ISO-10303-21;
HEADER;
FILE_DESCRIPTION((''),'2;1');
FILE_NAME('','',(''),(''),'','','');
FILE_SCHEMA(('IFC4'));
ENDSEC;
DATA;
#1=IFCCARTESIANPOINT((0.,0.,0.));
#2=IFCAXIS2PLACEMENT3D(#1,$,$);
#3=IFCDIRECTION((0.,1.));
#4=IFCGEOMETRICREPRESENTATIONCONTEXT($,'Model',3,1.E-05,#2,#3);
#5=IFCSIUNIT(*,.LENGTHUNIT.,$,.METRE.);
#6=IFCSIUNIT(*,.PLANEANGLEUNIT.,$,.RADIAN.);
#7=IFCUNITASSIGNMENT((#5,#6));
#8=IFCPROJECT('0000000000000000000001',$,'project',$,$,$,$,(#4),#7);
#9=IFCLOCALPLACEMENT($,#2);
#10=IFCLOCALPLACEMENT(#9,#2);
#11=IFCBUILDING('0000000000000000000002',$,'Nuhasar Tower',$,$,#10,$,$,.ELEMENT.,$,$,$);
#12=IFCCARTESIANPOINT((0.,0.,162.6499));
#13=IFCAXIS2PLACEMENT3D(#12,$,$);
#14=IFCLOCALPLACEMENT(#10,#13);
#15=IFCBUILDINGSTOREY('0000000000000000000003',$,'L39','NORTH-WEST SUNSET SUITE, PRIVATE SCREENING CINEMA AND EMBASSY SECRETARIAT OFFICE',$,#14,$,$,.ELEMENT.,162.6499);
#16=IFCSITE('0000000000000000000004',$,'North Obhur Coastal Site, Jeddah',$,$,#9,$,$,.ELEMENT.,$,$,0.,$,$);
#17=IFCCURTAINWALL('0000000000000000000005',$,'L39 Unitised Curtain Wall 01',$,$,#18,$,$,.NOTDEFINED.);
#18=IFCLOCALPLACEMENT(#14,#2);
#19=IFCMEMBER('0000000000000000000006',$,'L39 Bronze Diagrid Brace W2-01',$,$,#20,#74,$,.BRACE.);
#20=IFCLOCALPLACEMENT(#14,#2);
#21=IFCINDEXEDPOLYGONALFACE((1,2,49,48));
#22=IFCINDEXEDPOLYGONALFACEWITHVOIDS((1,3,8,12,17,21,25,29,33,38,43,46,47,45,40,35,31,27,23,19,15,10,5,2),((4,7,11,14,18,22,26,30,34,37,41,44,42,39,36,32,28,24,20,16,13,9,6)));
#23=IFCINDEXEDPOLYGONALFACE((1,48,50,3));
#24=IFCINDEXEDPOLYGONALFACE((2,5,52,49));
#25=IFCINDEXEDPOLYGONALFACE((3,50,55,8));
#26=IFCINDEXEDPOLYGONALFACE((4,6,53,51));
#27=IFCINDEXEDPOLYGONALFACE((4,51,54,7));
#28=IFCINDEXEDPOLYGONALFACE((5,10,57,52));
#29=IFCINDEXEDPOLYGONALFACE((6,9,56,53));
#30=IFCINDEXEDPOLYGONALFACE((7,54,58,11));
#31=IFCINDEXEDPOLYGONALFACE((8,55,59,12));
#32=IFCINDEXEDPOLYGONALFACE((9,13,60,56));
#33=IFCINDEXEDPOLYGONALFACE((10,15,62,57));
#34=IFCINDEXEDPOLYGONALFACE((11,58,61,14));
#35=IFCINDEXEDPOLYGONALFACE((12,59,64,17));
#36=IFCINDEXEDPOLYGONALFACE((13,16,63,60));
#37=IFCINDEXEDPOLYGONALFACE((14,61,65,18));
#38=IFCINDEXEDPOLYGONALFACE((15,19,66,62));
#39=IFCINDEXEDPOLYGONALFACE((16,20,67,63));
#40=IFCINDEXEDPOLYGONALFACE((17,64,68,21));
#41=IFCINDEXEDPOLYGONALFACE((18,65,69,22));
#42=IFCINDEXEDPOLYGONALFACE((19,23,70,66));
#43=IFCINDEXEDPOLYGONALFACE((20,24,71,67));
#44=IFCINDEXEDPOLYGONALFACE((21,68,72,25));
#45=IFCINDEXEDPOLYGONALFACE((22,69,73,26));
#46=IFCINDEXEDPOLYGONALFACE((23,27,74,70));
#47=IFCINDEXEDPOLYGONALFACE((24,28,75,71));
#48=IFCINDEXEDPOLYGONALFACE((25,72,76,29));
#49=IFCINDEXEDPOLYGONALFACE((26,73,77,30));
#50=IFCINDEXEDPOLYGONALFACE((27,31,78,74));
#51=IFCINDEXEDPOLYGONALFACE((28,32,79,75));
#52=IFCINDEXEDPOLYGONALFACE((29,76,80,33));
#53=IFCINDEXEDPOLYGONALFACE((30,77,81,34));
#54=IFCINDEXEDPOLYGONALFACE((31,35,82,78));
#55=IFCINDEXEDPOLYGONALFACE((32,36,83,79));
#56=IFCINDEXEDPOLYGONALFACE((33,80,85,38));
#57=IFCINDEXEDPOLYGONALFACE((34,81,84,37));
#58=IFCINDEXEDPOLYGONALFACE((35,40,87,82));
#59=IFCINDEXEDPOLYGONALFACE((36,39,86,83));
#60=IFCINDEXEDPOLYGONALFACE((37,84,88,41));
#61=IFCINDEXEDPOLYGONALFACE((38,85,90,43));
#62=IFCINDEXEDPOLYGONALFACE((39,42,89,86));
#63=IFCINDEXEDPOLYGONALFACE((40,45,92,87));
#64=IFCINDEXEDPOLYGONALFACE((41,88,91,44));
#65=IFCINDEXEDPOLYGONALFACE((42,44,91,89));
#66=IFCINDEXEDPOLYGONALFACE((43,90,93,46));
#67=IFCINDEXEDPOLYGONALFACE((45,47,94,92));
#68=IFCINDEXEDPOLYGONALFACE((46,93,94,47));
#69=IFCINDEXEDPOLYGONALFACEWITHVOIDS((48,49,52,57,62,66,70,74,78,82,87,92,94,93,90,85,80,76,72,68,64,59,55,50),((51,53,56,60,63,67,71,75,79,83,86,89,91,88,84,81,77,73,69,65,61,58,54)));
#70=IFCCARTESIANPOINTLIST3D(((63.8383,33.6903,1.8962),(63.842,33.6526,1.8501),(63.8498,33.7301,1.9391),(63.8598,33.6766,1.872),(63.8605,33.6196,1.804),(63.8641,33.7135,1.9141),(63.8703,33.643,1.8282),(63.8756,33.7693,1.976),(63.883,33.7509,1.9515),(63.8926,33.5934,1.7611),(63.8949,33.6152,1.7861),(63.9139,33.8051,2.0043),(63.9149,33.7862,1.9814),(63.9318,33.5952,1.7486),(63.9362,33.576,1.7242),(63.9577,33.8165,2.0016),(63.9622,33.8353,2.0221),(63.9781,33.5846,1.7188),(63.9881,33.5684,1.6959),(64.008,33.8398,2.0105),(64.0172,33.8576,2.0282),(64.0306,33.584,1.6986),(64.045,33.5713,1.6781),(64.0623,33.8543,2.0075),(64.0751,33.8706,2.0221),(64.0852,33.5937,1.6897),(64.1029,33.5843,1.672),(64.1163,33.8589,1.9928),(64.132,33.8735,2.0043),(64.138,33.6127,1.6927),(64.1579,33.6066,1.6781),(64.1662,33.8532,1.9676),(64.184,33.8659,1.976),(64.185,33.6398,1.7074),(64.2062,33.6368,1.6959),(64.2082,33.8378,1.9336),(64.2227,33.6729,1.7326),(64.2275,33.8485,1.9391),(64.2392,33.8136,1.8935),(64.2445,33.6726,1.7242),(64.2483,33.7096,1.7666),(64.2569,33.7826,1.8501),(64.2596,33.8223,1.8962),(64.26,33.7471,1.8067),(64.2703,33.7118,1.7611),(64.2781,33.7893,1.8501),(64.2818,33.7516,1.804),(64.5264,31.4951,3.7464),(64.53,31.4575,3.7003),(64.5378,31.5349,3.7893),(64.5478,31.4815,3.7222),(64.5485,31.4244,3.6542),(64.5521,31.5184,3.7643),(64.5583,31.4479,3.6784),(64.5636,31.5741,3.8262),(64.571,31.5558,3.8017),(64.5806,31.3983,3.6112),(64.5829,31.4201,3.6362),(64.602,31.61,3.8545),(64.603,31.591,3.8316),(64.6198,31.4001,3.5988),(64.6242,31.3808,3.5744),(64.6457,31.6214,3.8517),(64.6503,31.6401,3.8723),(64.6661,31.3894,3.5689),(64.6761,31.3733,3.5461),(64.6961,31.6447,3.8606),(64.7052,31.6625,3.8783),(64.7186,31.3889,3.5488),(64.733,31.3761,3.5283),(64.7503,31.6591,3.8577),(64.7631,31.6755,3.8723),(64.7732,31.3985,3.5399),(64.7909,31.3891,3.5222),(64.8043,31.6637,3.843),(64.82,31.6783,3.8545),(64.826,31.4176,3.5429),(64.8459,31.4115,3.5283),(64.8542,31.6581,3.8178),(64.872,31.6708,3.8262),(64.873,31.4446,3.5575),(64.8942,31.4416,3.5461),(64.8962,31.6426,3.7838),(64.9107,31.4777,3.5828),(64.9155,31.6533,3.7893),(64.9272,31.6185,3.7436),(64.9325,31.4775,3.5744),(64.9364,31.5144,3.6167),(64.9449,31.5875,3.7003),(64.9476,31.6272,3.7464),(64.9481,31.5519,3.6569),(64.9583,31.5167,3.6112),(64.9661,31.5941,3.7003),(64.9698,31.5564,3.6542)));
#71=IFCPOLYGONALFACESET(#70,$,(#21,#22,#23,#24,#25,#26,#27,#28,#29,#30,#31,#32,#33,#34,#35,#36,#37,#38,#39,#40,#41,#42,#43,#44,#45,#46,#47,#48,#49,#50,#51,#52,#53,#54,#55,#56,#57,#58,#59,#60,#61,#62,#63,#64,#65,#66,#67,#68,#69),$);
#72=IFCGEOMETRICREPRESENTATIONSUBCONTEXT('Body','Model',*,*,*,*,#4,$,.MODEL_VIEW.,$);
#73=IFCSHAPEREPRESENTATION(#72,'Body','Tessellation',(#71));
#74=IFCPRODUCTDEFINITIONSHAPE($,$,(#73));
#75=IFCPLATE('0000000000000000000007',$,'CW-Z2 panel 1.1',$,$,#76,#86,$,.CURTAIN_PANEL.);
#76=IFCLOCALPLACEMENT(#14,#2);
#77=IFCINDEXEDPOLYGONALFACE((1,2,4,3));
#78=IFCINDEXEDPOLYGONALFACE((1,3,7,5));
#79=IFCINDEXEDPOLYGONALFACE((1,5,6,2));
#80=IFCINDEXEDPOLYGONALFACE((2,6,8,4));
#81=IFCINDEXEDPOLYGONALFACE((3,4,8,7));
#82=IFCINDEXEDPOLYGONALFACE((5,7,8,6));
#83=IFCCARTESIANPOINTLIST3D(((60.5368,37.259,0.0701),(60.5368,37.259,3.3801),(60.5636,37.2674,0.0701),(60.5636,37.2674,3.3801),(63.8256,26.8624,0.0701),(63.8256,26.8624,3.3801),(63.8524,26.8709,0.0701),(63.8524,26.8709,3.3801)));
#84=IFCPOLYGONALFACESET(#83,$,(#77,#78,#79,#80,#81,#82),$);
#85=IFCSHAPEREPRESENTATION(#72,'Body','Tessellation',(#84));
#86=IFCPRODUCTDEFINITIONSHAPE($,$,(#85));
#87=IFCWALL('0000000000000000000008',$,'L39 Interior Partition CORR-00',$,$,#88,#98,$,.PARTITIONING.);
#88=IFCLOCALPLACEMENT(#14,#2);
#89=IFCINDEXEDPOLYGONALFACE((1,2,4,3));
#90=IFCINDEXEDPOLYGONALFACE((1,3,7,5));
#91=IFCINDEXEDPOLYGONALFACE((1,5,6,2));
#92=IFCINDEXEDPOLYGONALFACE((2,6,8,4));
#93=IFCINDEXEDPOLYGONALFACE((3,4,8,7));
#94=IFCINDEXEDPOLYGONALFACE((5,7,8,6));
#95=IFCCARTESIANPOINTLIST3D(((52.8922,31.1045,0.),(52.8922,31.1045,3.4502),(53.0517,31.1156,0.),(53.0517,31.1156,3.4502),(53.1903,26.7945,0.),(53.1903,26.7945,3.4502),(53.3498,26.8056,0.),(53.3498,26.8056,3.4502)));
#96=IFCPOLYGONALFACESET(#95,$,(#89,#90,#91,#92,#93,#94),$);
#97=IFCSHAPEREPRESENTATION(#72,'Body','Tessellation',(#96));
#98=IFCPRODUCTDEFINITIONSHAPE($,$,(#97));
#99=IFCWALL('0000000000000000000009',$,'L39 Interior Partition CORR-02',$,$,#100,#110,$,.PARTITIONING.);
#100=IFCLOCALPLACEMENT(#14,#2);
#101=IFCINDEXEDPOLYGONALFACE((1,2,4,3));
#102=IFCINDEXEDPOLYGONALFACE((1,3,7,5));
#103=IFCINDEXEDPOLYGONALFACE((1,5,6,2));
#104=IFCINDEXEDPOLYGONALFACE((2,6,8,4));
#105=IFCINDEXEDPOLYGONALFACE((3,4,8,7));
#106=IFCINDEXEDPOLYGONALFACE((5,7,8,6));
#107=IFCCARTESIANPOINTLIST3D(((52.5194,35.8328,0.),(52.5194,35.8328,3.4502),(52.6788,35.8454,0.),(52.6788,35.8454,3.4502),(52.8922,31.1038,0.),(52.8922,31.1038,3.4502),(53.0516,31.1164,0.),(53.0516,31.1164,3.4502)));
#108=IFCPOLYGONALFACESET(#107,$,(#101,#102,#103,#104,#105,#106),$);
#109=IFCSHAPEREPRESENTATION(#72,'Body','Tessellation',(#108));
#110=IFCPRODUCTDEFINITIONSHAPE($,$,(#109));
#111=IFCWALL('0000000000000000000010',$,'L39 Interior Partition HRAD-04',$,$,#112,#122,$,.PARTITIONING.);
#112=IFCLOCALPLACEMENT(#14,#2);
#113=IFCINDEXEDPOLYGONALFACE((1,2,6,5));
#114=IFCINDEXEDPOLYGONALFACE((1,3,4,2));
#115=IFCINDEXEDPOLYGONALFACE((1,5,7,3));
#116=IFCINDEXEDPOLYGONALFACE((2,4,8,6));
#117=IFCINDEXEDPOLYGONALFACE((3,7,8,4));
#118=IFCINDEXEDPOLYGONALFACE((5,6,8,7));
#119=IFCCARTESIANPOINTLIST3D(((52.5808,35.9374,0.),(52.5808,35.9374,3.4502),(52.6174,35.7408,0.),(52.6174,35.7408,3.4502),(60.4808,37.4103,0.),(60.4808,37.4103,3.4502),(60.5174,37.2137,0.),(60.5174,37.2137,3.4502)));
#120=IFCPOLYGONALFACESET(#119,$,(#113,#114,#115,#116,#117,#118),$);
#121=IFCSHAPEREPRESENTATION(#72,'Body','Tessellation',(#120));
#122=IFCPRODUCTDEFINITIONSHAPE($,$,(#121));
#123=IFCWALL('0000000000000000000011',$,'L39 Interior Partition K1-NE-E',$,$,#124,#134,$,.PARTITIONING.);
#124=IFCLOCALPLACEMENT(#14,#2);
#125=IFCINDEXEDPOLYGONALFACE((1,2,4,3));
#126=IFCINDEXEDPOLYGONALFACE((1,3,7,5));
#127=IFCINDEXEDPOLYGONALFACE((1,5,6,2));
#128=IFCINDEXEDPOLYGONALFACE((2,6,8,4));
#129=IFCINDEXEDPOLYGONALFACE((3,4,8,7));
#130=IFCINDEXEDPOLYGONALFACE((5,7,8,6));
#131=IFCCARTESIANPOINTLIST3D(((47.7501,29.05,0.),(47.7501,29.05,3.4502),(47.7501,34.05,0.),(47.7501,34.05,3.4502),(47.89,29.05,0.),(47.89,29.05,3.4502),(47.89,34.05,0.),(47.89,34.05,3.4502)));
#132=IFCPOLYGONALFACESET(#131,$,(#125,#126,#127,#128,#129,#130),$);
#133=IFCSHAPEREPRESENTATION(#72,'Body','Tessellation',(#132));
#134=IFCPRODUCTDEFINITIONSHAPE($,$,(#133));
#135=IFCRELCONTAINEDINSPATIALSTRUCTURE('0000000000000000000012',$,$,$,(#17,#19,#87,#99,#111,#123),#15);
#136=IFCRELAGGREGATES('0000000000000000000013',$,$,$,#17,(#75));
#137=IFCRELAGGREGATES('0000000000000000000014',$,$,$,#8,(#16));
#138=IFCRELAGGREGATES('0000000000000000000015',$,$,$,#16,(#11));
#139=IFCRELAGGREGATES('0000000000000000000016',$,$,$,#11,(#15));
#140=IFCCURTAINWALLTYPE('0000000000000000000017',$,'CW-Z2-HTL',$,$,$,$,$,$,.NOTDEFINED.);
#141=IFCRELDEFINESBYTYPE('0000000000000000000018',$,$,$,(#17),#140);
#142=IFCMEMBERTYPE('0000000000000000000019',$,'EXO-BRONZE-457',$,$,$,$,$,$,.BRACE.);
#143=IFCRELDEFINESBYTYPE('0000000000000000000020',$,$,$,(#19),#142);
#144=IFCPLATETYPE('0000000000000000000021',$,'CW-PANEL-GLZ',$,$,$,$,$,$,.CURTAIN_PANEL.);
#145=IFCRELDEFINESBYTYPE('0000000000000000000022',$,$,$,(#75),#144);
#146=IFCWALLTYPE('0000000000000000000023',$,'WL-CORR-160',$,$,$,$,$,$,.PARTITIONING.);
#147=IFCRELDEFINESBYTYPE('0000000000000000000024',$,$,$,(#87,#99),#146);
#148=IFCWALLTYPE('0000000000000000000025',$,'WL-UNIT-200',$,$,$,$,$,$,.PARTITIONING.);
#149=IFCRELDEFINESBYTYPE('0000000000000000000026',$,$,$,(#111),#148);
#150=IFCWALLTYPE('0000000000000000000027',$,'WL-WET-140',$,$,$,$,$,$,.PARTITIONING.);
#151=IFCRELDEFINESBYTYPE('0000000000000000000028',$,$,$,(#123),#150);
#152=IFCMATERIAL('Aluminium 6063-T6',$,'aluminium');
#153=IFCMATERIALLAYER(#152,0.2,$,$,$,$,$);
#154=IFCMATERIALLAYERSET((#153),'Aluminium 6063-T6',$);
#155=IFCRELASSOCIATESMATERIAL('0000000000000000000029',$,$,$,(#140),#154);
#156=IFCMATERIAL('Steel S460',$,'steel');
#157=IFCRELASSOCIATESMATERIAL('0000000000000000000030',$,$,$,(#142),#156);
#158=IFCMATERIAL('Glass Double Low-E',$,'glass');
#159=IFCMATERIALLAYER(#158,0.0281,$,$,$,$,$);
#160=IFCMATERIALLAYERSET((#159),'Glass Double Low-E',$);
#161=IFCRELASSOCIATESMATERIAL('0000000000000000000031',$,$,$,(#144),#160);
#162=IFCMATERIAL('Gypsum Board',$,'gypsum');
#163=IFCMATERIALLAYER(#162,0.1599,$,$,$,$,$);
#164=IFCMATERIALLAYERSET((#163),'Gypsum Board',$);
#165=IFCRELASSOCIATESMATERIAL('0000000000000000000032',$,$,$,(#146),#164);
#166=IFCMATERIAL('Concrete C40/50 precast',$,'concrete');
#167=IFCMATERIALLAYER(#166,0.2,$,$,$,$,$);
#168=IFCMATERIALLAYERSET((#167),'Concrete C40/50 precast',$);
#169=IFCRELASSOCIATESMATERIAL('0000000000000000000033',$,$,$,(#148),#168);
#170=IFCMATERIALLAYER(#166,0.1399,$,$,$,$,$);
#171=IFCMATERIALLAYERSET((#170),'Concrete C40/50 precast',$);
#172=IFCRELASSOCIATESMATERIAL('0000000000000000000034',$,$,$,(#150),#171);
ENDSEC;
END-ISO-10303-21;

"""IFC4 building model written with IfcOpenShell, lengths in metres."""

from ifc_helpers import new_model, si_unit, direction, frame, frame_2d, origin, origin_2d, place, context, subcontext, project, spatial, rectangle, hollow_circle, extrude, material, layer, layer_set, material_profile, profile_set, type_object, element, aggregate, save


model = new_model("IFC4")

# Units and contexts
model_context = context("Model", 3, precision=1e-05, world=origin(), true_north=direction((0.0, 1.0)))
body_context = subcontext(model_context, "Body", "Model", "MODEL_VIEW")
ifc_project = project(units=[si_unit("LENGTHUNIT", "METRE"), si_unit("PLANEANGLEUNIT", "RADIAN")], contexts=[model_context])

# Site, building, storey
site_placement = place(None, origin())
site = spatial("IfcSite", under=ifc_project, at=site_placement, Name="North Obhur Coastal Site, Jeddah", CompositionType="ELEMENT", RefElevation=0.0)
building_placement = place(site_placement, origin())
building = spatial("IfcBuilding", under=site, at=building_placement, Name="Nuhasar Tower", CompositionType="ELEMENT")
storey_placement = place(building_placement, frame((0.0, 0.0, 162.6499)))
storey = spatial("IfcBuildingStorey", under=building, at=storey_placement, Name="L39", Description="NORTH-WEST SUNSET SUITE, PRIVATE SCREENING CINEMA AND EMBASSY SECRETARIAT OFFICE", CompositionType="ELEMENT", Elevation=162.6499)

# Curtain wall
ifc_material_1 = material(Name="Aluminium 6063-T6", Category="aluminium")
ifc_layer_1 = layer(ifc_material_1, 0.2)
ifc_layer_set_1 = layer_set([ifc_layer_1], Name="Aluminium 6063-T6")
curtain_wall_type = type_object("IfcCurtainWallType", Name="CW-Z2-HTL", PredefinedType="NOTDEFINED", material=ifc_layer_set_1)
curtain_wall_placement = place(storey_placement, origin())
curtain_wall = element("IfcCurtainWall", 1, at=curtain_wall_placement, inside=storey, type_object=curtain_wall_type, Name="L39 Unitised Curtain Wall 01", PredefinedType="NOTDEFINED")

# Member
ifc_material_2 = material(Name="Steel S460", Category="steel")
ifc_material_profile_1 = material_profile(ifc_material_2, hollow_circle(Radius=0.2285, WallThickness=0.0222, at=origin_2d()), Name="HSS457X22.2")
ifc_profile_set_1 = profile_set([ifc_material_profile_1], Name="Steel S460")
member_type_1 = type_object("IfcMemberType", Name="EXO-BRONZE-457", PredefinedType="BRACE", material=ifc_profile_set_1)
for number, where, z_axis, x_axis, name in (
    (2, (64.0601, 33.7209, 1.8501), (0.233056, -0.743578, 0.626719), (0.954228, 0.299079, 0.0), "L39 Bronze Diagrid Brace W2-01"),
):
    element("IfcMember", number, at=place(storey_placement, frame(where, z_axis=z_axis, x_axis=x_axis)), inside=storey, type_object=member_type_1, Name=name, PredefinedType="BRACE", context=body_context, shape_type="SweptSolid", body=[
        extrude(hollow_circle(Radius=0.2285, WallThickness=0.0222, at=origin_2d()), origin(), (0.0, 0.0, 1.0), 2.9521),
    ])

# Plate
ifc_material_3 = material(Name="Glass Double Low-E", Category="glass")
ifc_layer_2 = layer(ifc_material_3, 0.0281)
ifc_layer_set_2 = layer_set([ifc_layer_2], Name="Glass Double Low-E")
plate_type = type_object("IfcPlateType", Name="CW-PANEL-GLZ", PredefinedType="CURTAIN_PANEL", material=ifc_layer_set_2)
plate_placement = place(storey_placement, frame((62.1946, 32.0649, 0.0701), z_axis=(0.0, 0.0, 1.0), x_axis=(-0.301604, 0.953433, 0.0)))
plate = element("IfcPlate", 3, at=plate_placement, type_object=plate_type, Name="CW-Z2 panel 1.1", PredefinedType="CURTAIN_PANEL", context=body_context, shape_type="SweptSolid", body=[
    extrude(rectangle(XDim=10.9043, YDim=0.0281, at=origin_2d()), origin(), (0.0, 0.0, 1.0), 3.3101),
])
aggregate(curtain_wall, [plate])

# Shared definitions
ifc_material_4 = material(Name="Gypsum Board", Category="gypsum")
ifc_layer_3 = layer(ifc_material_4, 0.1599)
ifc_layer_set_3 = layer_set([ifc_layer_3], Name="Gypsum Board")
wall_type_1 = type_object("IfcWallType", Name="WL-CORR-160", PredefinedType="PARTITIONING", material=ifc_layer_set_3)

# Walls
wall_1_placement = place(storey_placement, frame((53.27, 26.8, 0.0), z_axis=(0.0, 0.0, 1.0), x_axis=(-0.068998, 0.997617, 0.0)))
element("IfcWall", 4, at=wall_1_placement, inside=storey, type_object=wall_type_1, Name="L39 Interior Partition CORR-00", PredefinedType="PARTITIONING", context=body_context, shape_type="SweptSolid", body=[
    extrude(rectangle(XDim=4.3203, YDim=0.1599, at=frame_2d((2.1602, 0.0))), origin(), (0.0, 0.0, 1.0), 3.4502),
])
wall_2_placement = place(storey_placement, frame((52.9719, 31.1101, 0.0), z_axis=(0.0, 0.0, 1.0), x_axis=(-0.078589, 0.996907, 0.0)))
element("IfcWall", 5, at=wall_2_placement, inside=storey, type_object=wall_type_1, Name="L39 Interior Partition CORR-02", PredefinedType="PARTITIONING", context=body_context, shape_type="SweptSolid", body=[
    extrude(rectangle(XDim=4.7437, YDim=0.1599, at=frame_2d((2.3718, 0.0))), origin(), (0.0, 0.0, 1.0), 3.4502),
])
ifc_material_5 = material(Name="Concrete C40/50 precast", Category="concrete")
ifc_layer_4 = layer(ifc_material_5, 0.2)
ifc_layer_set_4 = layer_set([ifc_layer_4], Name="Concrete C40/50 precast")
wall_type_2 = type_object("IfcWallType", Name="WL-UNIT-200", PredefinedType="PARTITIONING", material=ifc_layer_set_4)
wall_3_placement = place(storey_placement, frame((52.5991, 35.8391, 0.0), z_axis=(0.0, 0.0, 1.0), x_axis=(0.983059, 0.183287, 0.0)))
element("IfcWall", 6, at=wall_3_placement, inside=storey, type_object=wall_type_2, Name="L39 Interior Partition HRAD-04", PredefinedType="PARTITIONING", context=body_context, shape_type="SweptSolid", body=[
    extrude(rectangle(XDim=8.0361, YDim=0.2, at=frame_2d((4.0181, 0.0))), origin(), (0.0, 0.0, 1.0), 3.4502),
])
ifc_layer_5 = layer(ifc_material_5, 0.1399)
ifc_layer_set_5 = layer_set([ifc_layer_5], Name="Concrete C40/50 precast")
wall_type_3 = type_object("IfcWallType", Name="WL-WET-140", PredefinedType="PARTITIONING", material=ifc_layer_set_5)
wall_4_placement = place(storey_placement, frame((47.8201, 29.05, 0.0), z_axis=(0.0, 0.0, 1.0), x_axis=(0.0, 1.0, 0.0)))
element("IfcWall", 7, at=wall_4_placement, inside=storey, type_object=wall_type_3, Name="L39 Interior Partition K1-NE-E", PredefinedType="PARTITIONING", context=body_context, shape_type="SweptSolid", body=[
    extrude(rectangle(XDim=5.0, YDim=0.1399, at=frame_2d((2.5, 0.0))), origin(), (0.0, 0.0, 1.0), 3.4502),
])

save(model, "model.ifc")
